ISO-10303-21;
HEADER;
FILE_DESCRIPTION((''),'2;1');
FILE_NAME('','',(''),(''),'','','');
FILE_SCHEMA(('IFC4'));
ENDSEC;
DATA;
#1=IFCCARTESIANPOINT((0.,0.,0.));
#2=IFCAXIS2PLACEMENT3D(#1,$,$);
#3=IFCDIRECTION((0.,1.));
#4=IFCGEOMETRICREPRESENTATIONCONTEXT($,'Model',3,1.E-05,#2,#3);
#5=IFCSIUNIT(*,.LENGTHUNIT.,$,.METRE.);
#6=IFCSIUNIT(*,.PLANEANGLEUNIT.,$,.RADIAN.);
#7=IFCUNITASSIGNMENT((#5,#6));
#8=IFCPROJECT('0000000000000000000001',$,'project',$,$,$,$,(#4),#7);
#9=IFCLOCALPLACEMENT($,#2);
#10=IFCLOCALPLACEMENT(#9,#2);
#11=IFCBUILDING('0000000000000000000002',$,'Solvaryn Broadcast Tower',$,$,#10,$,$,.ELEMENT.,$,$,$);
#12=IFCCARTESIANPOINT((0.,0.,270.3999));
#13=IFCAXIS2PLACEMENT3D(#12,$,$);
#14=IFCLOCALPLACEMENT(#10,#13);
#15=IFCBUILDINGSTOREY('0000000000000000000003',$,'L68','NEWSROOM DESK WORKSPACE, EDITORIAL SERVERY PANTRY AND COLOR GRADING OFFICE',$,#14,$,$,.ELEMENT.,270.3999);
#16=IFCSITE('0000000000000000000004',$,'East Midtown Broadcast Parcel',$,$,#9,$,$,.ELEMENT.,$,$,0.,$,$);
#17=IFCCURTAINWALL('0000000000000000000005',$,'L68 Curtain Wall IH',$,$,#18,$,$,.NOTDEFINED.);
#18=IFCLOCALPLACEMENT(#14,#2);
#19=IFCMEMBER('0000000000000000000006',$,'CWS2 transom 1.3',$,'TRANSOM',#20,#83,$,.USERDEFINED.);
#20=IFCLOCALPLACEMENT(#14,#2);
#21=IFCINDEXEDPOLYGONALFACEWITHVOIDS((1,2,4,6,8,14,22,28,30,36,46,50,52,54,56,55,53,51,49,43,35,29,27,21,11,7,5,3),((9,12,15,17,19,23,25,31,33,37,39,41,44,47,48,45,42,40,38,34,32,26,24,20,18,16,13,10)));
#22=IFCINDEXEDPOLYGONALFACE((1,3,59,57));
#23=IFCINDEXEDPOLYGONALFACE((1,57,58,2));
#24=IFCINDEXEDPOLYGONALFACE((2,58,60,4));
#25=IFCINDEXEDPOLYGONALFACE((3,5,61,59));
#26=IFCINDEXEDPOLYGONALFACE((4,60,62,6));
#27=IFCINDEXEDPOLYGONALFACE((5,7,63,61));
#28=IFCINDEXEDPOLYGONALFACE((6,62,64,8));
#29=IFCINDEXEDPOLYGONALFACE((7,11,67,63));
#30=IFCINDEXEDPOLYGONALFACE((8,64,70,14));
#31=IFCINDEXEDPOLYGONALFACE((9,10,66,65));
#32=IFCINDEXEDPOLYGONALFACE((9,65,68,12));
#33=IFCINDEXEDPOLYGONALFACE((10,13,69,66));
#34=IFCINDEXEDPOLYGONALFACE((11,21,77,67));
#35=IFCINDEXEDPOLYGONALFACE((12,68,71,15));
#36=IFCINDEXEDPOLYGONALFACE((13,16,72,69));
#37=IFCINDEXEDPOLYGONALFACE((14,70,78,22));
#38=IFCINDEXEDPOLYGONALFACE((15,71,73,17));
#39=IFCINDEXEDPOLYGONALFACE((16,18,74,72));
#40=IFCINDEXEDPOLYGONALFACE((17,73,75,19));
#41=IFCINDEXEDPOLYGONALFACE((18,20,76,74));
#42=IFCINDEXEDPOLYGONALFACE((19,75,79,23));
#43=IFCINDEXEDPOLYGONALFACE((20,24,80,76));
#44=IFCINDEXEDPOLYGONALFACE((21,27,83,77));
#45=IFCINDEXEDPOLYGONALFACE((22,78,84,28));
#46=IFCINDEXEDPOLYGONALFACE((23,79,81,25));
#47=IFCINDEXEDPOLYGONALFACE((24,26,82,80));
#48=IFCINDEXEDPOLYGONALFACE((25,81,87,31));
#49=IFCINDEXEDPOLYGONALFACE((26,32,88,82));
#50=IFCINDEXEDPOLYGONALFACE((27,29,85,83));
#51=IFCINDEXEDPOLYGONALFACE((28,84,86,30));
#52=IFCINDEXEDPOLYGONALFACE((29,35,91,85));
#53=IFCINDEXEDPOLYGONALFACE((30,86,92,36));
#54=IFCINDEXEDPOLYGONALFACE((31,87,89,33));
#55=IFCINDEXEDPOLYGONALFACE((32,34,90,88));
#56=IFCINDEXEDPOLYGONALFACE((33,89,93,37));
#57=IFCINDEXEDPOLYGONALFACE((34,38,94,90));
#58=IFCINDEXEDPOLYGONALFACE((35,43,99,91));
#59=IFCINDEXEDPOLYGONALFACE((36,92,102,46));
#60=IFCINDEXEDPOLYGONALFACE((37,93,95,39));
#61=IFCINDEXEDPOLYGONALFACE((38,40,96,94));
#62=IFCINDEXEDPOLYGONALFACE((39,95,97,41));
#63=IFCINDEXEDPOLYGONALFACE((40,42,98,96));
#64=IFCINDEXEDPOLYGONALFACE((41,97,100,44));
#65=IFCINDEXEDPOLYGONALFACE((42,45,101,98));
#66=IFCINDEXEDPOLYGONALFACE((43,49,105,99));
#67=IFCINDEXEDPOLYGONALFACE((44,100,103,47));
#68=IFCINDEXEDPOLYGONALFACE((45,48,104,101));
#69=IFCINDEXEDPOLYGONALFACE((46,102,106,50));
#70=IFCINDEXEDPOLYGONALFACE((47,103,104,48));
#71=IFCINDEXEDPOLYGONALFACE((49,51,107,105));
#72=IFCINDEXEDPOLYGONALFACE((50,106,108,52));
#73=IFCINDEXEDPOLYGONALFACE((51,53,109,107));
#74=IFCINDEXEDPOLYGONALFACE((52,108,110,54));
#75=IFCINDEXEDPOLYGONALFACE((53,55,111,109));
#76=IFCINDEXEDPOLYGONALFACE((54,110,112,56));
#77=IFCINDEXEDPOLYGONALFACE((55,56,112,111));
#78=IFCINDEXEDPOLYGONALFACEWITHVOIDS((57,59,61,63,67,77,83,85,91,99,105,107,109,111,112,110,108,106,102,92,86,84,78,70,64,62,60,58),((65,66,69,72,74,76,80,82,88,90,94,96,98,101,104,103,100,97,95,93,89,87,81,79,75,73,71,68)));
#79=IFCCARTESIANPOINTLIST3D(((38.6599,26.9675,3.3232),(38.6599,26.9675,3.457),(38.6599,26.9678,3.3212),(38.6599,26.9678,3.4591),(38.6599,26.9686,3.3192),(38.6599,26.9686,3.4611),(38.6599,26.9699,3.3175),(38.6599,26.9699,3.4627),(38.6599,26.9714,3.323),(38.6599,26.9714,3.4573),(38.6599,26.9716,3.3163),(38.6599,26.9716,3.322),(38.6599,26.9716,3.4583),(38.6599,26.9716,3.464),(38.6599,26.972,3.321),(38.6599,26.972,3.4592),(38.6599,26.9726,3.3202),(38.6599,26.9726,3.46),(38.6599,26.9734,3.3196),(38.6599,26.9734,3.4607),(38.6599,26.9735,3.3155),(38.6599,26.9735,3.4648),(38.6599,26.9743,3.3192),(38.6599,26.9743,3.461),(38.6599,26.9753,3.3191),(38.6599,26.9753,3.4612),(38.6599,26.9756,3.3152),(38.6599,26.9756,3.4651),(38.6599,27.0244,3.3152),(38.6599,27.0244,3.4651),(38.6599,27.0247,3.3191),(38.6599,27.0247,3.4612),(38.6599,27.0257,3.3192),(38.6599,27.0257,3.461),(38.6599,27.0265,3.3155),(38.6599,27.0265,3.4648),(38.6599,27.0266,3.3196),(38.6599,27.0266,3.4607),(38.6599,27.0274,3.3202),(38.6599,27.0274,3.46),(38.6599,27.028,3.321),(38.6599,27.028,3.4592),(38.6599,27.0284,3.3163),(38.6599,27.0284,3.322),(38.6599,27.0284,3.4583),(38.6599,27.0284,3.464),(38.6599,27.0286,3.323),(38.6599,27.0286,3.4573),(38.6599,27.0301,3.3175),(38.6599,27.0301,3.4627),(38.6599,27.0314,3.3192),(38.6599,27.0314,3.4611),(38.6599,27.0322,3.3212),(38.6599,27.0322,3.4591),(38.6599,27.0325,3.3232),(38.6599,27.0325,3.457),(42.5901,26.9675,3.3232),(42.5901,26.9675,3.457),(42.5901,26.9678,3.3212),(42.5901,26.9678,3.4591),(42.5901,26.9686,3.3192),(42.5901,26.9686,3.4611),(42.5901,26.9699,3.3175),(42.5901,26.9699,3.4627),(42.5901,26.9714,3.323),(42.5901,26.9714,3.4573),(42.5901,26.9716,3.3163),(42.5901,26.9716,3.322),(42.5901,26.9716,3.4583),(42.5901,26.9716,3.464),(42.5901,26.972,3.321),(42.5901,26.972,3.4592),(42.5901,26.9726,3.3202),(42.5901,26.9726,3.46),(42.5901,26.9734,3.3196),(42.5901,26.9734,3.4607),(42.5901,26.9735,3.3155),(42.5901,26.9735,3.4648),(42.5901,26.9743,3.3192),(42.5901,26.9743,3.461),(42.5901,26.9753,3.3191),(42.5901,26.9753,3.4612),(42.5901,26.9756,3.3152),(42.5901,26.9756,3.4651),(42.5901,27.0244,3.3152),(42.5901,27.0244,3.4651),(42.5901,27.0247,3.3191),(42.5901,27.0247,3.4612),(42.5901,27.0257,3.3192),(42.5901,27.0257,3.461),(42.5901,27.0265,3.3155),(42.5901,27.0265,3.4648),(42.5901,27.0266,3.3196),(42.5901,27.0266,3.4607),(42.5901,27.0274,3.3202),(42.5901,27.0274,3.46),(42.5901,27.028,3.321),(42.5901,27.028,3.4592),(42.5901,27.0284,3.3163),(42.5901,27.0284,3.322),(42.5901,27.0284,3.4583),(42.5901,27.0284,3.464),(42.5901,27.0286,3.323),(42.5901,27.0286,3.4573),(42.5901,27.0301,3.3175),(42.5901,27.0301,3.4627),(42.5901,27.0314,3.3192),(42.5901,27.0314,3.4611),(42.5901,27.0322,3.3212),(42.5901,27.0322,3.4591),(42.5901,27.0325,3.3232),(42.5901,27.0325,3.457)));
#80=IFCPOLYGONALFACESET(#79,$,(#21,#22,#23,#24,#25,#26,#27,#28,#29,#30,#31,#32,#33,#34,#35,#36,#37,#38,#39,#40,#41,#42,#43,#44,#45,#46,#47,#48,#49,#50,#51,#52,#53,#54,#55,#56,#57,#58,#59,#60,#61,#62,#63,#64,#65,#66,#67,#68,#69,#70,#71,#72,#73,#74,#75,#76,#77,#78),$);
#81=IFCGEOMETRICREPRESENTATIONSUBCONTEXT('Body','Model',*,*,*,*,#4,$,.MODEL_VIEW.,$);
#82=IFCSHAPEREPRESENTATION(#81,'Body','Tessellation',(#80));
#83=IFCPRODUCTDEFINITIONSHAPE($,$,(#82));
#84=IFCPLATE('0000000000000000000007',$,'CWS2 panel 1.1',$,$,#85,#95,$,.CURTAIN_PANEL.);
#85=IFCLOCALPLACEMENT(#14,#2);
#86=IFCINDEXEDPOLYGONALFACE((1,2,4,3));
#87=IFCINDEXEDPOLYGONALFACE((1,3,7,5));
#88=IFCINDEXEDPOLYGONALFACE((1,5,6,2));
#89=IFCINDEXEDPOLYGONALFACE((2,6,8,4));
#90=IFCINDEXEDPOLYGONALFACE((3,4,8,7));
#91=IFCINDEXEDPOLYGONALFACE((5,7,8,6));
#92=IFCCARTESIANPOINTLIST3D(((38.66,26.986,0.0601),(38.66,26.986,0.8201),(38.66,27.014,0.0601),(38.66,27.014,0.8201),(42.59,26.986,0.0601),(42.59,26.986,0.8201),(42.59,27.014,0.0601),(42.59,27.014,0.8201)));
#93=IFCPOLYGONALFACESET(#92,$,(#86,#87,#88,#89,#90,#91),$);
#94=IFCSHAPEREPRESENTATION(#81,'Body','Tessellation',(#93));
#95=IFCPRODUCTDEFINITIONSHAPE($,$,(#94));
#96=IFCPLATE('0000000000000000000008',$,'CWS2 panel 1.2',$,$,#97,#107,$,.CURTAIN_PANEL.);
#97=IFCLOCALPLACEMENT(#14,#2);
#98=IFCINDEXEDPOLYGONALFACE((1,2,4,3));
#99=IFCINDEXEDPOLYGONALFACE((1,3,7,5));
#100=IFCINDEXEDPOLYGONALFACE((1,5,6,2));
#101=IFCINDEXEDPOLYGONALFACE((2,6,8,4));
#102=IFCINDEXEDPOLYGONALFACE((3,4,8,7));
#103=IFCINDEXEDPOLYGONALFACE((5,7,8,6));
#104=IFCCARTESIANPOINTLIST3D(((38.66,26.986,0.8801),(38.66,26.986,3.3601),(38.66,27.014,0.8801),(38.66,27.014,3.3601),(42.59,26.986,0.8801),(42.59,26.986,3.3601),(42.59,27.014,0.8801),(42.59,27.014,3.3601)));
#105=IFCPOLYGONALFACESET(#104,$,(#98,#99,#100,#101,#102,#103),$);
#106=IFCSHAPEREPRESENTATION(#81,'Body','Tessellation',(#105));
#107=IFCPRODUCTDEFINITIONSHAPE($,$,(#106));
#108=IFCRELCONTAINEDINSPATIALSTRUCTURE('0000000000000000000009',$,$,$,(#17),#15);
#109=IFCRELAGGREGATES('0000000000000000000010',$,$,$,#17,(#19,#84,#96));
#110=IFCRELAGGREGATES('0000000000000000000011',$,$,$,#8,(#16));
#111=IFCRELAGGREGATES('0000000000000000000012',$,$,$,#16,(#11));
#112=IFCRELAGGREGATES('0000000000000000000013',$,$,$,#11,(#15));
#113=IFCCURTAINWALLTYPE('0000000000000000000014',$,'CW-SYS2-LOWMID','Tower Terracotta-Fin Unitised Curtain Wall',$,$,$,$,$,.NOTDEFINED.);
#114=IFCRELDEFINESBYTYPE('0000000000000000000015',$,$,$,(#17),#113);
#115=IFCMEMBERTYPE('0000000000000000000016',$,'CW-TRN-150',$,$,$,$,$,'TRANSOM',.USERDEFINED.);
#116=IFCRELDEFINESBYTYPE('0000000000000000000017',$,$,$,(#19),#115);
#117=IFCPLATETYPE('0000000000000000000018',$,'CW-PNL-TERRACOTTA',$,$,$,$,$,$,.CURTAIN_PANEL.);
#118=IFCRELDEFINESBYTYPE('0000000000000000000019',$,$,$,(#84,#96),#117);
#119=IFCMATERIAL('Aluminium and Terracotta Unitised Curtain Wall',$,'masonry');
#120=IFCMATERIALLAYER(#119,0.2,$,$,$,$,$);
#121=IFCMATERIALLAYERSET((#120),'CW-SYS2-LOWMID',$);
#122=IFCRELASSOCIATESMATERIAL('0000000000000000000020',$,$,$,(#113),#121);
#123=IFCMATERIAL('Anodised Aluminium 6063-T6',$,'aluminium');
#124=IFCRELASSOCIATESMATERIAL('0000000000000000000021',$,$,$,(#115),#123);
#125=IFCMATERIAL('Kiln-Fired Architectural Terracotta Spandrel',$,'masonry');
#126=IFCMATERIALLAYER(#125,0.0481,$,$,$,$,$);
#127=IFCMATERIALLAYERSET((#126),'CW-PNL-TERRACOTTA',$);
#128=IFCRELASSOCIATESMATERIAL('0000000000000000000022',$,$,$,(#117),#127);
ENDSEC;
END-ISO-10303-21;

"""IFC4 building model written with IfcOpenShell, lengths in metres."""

from ifc_helpers import new_model, si_unit, direction, frame, origin, origin_2d, place, context, subcontext, project, spatial, rectangle, hollow_rectangle, extrude, material, layer, layer_set, material_profile, profile_set, type_object, element, aggregate, save


model = new_model("IFC4")

# Units and contexts
model_context = context("Model", 3, precision=1e-05, world=origin(), true_north=direction((0.0, 1.0)))
body_context = subcontext(model_context, "Body", "Model", "MODEL_VIEW")
ifc_project = project(units=[si_unit("LENGTHUNIT", "METRE"), si_unit("PLANEANGLEUNIT", "RADIAN")], contexts=[model_context])

# Site, building, storey
site_placement = place(None, origin())
site = spatial("IfcSite", under=ifc_project, at=site_placement, Name="East Midtown Broadcast Parcel", CompositionType="ELEMENT", RefElevation=0.0)
building_placement = place(site_placement, origin())
building = spatial("IfcBuilding", under=site, at=building_placement, Name="Solvaryn Broadcast Tower", CompositionType="ELEMENT")
storey_placement = place(building_placement, frame((0.0, 0.0, 270.3999)))
storey = spatial("IfcBuildingStorey", under=building, at=storey_placement, Name="L68", Description="NEWSROOM DESK WORKSPACE, EDITORIAL SERVERY PANTRY AND COLOR GRADING OFFICE", CompositionType="ELEMENT", Elevation=270.3999)

# Shared definitions
ifc_material_1 = material(Name="Aluminium and Terracotta Unitised Curtain Wall", Category="masonry")
ifc_layer_1 = layer(ifc_material_1, 0.2)
ifc_layer_set_1 = layer_set([ifc_layer_1], Name="CW-SYS2-LOWMID")
curtain_wall_type = type_object("IfcCurtainWallType", Name="CW-SYS2-LOWMID", Description="Tower Terracotta-Fin Unitised Curtain Wall", PredefinedType="NOTDEFINED", material=ifc_layer_set_1)

# Curtain wall
curtain_wall_1_placement = place(storey_placement, origin())
curtain_wall_1 = element("IfcCurtainWall", 1, at=curtain_wall_1_placement, inside=storey, type_object=curtain_wall_type, Name="L68 Curtain Wall IH", PredefinedType="NOTDEFINED")

# Member
ifc_material_2 = material(Name="Anodised Aluminium 6063-T6", Category="aluminium")
ifc_material_profile_1 = material_profile(ifc_material_2, hollow_rectangle(XDim=0.0649, YDim=0.1499, WallThickness=0.0039, InnerFilletRadius=0.0039, OuterFilletRadius=0.0081, at=origin_2d()))
ifc_profile_set_1 = profile_set([ifc_material_profile_1], Name="Anodised Aluminium 6063-T6")
member_type_1 = type_object("IfcMemberType", Name="CW-TRN-150", ElementType="TRANSOM", PredefinedType="USERDEFINED", material=ifc_profile_set_1)
member_1_placement = place(storey_placement, frame((38.6599, 27.0, 3.3901), z_axis=(1.0, 0.0, 0.0), x_axis=(0.0, 1.0, 0.0)))
member_1 = element("IfcMember", 2, at=member_1_placement, type_object=member_type_1, Name="CWS2 transom 1.3", ObjectType="TRANSOM", PredefinedType="USERDEFINED", context=body_context, shape_type="SweptSolid", body=[
    extrude(hollow_rectangle(XDim=0.0649, YDim=0.1499, WallThickness=0.0039, InnerFilletRadius=0.0039, OuterFilletRadius=0.0081, at=origin_2d()), origin(), (0.0, 0.0, 1.0), 3.9302),
])

# Plates
ifc_material_3 = material(Name="Kiln-Fired Architectural Terracotta Spandrel", Category="masonry")
ifc_layer_2 = layer(ifc_material_3, 0.0481)
ifc_layer_set_2 = layer_set([ifc_layer_2], Name="CW-PNL-TERRACOTTA")
plate_type = type_object("IfcPlateType", Name="CW-PNL-TERRACOTTA", PredefinedType="CURTAIN_PANEL", material=ifc_layer_set_2)
plate_1_placement = place(storey_placement, frame((40.625, 27.0, 0.0601), z_axis=(0.0, 0.0, 1.0), x_axis=(1.0, 0.0, 0.0)))
plate_1 = element("IfcPlate", 3, at=plate_1_placement, type_object=plate_type, Name="CWS2 panel 1.1", PredefinedType="CURTAIN_PANEL", context=body_context, shape_type="SweptSolid", body=[
    extrude(rectangle(XDim=3.9299, YDim=0.0281, at=origin_2d()), origin(), (0.0, 0.0, 1.0), 0.76),
])
plate_2_placement = place(storey_placement, frame((40.625, 27.0, 0.8801), z_axis=(0.0, 0.0, 1.0), x_axis=(1.0, 0.0, 0.0)))
plate_2 = element("IfcPlate", 4, at=plate_2_placement, type_object=plate_type, Name="CWS2 panel 1.2", PredefinedType="CURTAIN_PANEL", context=body_context, shape_type="SweptSolid", body=[
    extrude(rectangle(XDim=3.9299, YDim=0.0281, at=origin_2d()), origin(), (0.0, 0.0, 1.0), 2.48),
])
aggregate(curtain_wall_1, [member_1, plate_1, plate_2])

save(model, "model.ifc")
